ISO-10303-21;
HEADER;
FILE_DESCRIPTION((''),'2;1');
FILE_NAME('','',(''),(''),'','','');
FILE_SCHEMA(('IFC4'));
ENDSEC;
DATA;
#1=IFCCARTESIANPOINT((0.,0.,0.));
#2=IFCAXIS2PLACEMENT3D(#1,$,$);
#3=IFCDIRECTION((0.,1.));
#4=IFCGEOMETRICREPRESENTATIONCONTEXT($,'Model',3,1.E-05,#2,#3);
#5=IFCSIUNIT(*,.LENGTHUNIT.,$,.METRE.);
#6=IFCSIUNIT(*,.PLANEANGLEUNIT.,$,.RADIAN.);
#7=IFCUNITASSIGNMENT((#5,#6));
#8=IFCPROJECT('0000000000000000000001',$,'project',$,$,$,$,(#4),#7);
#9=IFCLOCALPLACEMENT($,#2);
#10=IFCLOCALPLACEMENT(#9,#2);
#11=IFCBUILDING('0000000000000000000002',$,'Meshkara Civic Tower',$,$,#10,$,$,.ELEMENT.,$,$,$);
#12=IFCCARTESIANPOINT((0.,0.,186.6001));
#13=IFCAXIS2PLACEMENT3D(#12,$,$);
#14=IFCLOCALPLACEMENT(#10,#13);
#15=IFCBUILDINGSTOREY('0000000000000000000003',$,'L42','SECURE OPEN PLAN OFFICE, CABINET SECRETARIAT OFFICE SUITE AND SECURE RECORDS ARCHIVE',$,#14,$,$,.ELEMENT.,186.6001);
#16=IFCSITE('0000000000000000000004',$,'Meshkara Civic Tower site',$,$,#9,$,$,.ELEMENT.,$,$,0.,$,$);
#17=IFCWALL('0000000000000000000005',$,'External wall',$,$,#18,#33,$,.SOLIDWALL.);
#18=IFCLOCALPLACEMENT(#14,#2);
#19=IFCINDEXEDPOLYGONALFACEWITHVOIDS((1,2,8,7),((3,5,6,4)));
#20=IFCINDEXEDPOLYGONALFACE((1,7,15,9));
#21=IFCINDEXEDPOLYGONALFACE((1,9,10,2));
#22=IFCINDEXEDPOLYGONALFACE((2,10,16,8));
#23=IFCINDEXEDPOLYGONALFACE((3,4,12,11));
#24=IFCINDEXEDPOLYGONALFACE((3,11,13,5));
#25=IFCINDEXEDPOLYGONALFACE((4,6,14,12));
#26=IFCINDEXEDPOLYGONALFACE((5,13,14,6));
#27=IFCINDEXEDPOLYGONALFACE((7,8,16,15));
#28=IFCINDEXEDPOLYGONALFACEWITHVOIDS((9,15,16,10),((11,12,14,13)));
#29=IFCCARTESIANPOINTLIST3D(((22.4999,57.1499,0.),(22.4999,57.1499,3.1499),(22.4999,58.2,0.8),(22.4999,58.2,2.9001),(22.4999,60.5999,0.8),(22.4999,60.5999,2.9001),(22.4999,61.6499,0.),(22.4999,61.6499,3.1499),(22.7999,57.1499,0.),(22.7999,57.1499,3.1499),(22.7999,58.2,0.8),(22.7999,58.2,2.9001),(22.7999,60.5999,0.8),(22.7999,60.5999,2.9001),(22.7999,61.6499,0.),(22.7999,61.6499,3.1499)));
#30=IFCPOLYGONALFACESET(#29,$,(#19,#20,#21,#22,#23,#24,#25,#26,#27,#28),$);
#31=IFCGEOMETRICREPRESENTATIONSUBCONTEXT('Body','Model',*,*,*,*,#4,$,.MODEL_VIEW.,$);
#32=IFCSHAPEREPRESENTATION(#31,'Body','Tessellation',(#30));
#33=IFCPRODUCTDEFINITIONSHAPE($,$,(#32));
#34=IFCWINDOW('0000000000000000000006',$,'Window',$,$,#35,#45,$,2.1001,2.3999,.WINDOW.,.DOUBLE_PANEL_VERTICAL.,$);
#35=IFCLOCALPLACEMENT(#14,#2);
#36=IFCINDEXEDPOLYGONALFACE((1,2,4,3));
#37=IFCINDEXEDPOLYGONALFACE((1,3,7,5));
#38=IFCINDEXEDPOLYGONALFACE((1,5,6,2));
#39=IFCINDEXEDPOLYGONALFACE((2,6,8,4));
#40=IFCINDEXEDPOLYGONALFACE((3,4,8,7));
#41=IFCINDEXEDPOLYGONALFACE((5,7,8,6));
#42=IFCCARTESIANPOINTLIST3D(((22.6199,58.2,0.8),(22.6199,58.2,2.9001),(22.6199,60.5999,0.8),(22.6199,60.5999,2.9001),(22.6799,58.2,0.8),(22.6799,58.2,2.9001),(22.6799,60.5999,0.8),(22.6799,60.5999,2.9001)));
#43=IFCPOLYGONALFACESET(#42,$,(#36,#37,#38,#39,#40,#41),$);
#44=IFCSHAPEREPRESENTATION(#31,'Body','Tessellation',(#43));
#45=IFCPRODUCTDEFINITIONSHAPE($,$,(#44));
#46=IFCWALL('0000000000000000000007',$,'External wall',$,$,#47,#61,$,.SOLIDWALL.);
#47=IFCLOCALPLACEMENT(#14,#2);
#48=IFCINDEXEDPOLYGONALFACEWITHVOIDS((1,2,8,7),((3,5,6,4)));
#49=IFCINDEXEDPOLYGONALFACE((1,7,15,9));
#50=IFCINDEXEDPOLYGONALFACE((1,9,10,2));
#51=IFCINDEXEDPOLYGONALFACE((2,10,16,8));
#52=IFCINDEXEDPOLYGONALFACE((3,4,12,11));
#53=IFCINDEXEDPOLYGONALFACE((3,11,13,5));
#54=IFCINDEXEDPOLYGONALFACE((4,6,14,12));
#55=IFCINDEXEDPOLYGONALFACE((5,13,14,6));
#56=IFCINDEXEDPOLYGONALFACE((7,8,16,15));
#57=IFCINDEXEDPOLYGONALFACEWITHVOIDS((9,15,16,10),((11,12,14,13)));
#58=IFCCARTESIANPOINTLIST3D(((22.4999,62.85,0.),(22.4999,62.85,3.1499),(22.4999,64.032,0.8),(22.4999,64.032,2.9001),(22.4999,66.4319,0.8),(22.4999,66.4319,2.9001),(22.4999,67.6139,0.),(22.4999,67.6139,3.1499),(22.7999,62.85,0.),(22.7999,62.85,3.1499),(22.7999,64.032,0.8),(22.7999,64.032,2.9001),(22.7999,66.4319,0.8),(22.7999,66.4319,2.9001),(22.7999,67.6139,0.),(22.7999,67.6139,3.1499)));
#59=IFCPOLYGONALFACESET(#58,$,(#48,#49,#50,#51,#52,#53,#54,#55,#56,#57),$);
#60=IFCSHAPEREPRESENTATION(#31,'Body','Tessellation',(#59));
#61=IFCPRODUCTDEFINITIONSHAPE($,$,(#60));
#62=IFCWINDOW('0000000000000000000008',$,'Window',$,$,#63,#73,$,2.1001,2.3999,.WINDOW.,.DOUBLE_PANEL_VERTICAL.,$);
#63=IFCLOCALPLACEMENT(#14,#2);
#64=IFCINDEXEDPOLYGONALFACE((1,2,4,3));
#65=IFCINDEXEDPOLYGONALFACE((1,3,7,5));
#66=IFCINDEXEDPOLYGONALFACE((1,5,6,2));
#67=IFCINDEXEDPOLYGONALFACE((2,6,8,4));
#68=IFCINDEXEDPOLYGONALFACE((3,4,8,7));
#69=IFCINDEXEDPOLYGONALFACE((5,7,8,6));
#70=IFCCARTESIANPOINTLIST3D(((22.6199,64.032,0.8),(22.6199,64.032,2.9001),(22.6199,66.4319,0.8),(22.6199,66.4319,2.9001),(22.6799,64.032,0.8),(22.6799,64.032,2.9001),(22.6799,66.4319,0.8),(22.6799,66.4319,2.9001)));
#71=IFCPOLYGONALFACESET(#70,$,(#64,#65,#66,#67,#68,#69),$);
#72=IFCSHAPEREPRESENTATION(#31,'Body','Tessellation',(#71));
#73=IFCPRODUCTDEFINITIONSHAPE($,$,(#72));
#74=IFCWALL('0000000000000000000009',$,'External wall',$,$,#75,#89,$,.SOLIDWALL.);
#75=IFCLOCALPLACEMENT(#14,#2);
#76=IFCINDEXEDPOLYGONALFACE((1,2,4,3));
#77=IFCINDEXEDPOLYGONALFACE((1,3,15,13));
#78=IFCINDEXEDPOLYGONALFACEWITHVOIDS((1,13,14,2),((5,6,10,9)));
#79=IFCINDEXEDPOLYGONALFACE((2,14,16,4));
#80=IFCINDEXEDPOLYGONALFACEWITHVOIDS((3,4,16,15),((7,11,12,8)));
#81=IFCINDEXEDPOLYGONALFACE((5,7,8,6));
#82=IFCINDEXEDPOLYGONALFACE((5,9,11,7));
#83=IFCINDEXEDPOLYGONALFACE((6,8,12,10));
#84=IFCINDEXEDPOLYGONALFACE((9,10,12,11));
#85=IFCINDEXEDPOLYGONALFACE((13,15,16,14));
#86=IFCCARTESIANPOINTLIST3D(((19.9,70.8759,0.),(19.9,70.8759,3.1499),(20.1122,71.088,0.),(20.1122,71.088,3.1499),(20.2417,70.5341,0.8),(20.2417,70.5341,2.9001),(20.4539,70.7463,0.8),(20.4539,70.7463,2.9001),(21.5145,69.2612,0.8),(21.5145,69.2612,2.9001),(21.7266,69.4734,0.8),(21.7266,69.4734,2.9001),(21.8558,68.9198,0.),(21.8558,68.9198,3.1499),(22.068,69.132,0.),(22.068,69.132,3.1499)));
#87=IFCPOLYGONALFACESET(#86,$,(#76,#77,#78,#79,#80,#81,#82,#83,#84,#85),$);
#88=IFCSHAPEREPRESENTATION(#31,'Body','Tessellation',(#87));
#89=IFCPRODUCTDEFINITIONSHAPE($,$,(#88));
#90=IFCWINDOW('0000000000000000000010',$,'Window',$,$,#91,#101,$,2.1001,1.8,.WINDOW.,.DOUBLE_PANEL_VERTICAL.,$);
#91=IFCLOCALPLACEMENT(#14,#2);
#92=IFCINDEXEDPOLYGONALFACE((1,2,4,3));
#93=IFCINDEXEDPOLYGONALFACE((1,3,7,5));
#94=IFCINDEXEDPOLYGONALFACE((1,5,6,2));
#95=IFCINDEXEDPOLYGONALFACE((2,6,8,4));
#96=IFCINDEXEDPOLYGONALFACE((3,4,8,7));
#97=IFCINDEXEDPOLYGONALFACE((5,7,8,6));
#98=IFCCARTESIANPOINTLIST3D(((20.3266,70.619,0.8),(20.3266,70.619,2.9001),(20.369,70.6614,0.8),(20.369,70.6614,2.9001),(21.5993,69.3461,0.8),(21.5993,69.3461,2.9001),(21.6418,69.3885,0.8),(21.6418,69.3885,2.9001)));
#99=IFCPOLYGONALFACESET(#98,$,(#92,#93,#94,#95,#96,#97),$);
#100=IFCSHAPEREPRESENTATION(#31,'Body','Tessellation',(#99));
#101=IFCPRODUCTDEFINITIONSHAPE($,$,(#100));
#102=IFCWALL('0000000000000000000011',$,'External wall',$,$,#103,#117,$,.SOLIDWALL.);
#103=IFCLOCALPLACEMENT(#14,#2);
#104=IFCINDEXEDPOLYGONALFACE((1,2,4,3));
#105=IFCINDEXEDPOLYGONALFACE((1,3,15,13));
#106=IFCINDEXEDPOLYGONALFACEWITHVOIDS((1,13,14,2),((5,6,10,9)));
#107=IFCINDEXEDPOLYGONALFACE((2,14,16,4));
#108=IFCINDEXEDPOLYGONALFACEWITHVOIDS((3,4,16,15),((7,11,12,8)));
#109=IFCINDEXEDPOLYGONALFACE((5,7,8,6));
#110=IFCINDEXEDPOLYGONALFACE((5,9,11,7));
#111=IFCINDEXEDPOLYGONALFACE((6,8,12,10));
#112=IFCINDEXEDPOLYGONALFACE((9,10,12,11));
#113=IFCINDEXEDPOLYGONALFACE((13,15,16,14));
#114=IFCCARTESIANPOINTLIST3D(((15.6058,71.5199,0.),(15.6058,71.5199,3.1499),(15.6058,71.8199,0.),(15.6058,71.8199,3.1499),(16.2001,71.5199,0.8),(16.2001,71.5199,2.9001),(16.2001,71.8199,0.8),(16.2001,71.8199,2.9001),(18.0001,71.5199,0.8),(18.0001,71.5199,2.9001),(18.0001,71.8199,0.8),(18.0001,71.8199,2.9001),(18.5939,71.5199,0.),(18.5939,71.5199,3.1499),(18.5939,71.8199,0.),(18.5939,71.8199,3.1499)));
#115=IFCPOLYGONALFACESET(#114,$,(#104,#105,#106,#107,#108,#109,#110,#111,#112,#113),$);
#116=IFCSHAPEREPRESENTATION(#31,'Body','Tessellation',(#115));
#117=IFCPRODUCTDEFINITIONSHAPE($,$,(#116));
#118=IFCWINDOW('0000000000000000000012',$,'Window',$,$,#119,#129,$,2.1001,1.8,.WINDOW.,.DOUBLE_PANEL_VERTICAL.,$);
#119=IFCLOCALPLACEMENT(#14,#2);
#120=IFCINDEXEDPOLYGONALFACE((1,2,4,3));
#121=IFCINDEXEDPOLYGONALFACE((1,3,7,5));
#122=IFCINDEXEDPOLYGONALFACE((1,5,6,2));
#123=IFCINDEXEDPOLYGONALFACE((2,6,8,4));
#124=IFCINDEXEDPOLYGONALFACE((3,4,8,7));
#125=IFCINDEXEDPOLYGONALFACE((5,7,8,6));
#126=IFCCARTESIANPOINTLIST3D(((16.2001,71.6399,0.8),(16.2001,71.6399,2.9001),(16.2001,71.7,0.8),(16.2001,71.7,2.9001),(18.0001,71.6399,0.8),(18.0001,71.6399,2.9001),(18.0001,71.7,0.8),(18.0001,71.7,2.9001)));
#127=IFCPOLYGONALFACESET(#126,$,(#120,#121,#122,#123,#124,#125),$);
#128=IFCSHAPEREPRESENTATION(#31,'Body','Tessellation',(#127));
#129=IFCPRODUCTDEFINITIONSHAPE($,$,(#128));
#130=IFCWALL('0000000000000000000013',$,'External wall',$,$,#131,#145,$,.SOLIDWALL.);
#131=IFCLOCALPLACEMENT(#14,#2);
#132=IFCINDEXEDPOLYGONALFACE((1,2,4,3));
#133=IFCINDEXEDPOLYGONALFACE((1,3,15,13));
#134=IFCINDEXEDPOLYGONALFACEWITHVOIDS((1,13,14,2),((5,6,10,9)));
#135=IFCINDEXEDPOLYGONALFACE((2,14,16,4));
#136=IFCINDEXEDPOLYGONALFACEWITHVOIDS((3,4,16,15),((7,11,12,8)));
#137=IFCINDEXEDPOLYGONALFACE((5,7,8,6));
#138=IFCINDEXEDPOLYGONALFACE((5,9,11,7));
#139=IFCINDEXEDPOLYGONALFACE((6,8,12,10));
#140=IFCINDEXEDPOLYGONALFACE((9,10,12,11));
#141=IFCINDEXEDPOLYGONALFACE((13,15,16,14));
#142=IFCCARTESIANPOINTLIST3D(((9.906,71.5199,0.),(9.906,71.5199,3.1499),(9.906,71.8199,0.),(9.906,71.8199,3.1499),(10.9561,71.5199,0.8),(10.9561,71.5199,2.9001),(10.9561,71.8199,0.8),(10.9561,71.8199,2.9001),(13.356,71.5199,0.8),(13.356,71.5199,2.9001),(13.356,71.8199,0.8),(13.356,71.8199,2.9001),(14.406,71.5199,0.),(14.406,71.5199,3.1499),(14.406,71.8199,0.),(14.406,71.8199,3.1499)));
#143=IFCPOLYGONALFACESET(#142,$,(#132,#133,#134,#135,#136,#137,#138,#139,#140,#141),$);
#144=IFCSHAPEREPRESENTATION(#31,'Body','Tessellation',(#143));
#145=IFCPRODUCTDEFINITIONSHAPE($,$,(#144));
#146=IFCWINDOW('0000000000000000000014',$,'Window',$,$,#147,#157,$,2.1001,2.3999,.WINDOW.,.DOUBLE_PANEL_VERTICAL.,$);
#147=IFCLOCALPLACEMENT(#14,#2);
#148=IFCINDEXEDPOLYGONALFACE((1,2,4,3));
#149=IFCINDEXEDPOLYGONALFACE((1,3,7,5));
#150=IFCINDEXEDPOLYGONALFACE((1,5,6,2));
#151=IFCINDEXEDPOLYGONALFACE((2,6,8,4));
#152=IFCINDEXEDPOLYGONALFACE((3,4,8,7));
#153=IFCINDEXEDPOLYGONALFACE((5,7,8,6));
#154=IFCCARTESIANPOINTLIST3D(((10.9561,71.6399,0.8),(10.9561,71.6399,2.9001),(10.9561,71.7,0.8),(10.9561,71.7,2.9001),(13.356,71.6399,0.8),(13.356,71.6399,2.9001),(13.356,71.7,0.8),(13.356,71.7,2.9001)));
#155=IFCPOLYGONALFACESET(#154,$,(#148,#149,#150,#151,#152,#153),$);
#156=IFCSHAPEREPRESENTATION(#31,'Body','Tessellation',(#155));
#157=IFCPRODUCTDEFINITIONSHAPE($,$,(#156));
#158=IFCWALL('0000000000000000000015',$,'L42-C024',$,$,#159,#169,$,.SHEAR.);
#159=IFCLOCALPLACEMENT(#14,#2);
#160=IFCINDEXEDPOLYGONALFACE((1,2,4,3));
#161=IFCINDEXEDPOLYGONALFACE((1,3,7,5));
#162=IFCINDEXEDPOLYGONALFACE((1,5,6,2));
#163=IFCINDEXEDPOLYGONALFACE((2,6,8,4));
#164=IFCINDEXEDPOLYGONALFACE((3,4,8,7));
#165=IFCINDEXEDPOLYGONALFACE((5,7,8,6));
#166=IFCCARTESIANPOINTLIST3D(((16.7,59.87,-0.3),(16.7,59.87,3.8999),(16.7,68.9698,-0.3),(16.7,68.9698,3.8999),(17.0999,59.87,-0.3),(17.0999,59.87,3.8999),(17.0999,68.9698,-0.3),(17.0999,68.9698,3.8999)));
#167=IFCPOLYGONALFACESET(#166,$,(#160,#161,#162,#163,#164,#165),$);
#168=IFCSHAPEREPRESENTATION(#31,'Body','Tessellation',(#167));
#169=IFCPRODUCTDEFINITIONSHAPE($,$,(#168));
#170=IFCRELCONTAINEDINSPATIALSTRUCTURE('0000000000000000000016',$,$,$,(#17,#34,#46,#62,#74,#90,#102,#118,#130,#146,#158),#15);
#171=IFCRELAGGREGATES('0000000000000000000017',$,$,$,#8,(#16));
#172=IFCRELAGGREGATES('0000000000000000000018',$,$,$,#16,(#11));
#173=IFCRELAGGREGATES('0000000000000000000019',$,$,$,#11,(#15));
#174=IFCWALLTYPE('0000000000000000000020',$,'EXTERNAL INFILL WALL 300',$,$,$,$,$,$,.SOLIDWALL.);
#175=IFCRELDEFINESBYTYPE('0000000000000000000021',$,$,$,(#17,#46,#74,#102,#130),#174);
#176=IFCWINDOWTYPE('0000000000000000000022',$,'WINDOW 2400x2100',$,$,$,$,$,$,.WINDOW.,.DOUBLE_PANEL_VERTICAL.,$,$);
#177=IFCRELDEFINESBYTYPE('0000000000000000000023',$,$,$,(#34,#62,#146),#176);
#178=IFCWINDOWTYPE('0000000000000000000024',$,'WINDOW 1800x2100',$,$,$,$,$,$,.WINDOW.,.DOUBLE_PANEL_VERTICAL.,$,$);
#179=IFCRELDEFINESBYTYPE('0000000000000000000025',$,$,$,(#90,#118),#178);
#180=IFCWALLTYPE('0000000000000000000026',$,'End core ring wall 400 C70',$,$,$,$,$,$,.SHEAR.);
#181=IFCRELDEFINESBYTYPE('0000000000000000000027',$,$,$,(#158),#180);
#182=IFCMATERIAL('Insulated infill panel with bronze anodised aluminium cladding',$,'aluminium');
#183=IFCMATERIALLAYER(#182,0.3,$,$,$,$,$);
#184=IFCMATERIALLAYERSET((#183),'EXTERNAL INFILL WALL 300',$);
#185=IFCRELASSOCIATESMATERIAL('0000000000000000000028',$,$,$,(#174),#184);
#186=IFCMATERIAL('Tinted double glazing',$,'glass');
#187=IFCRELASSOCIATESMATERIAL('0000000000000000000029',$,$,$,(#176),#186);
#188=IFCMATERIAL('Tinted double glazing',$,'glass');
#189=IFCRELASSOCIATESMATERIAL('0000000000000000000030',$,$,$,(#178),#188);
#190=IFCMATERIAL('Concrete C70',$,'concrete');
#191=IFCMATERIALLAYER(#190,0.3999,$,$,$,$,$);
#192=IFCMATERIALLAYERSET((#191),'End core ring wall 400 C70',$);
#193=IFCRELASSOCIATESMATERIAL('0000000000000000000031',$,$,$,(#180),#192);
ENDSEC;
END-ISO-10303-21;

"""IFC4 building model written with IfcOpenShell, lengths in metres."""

from ifc_helpers import new_model, si_unit, direction, frame, frame_2d, origin, place, context, subcontext, project, spatial, rectangle, extrude, material, layer, layer_set, type_object, element, fill, save


model = new_model("IFC4")

# Units and contexts
model_context = context("Model", 3, precision=1e-05, world=origin(), true_north=direction((0.0, 1.0)))
body_context = subcontext(model_context, "Body", "Model", "MODEL_VIEW")
ifc_project = project(units=[si_unit("LENGTHUNIT", "METRE"), si_unit("PLANEANGLEUNIT", "RADIAN")], contexts=[model_context])

# Site, building, storey
site_placement = place(None, origin())
site = spatial("IfcSite", under=ifc_project, at=site_placement, Name="Meshkara Civic Tower site", CompositionType="ELEMENT", RefElevation=0.0)
building_placement = place(site_placement, origin())
building = spatial("IfcBuilding", under=site, at=building_placement, Name="Meshkara Civic Tower", CompositionType="ELEMENT")
storey_placement = place(building_placement, frame((0.0, 0.0, 186.6001)))
storey = spatial("IfcBuildingStorey", under=building, at=storey_placement, Name="L42", Description="SECURE OPEN PLAN OFFICE, CABINET SECRETARIAT OFFICE SUITE AND SECURE RECORDS ARCHIVE", CompositionType="ELEMENT", Elevation=186.6001)

# Walls, openings, windows
ifc_material_1 = material(Name="Insulated infill panel with bronze anodised aluminium cladding", Category="aluminium")
ifc_layer_1 = layer(ifc_material_1, 0.3)
ifc_layer_set_1 = layer_set([ifc_layer_1], Name="EXTERNAL INFILL WALL 300")
wall_type_1 = type_object("IfcWallType", Name="EXTERNAL INFILL WALL 300", PredefinedType="SOLIDWALL", material=ifc_layer_set_1)
wall_1_placement = place(storey_placement, frame((22.6499, 57.1499, 0.0), z_axis=(0.0, 0.0, 1.0), x_axis=(0.0, 1.0, 0.0)))
wall_1 = element("IfcWall", 1, at=wall_1_placement, inside=storey, type_object=wall_type_1, Name="External wall", PredefinedType="SOLIDWALL", context=body_context, shape_type="SweptSolid", body=[
    extrude(rectangle(XDim=4.5, YDim=0.3, at=frame_2d((2.25, 0.0))), origin(), (0.0, 0.0, 1.0), 3.1499),
])
opening_1_placement = place(wall_1_placement, frame((1.05, 0.0, 0.8)))
opening_1 = element("IfcOpeningElement", 2, at=opening_1_placement, cuts=wall_1, PredefinedType="OPENING", context=body_context, shape_type="SweptSolid", body=[
    extrude(rectangle(XDim=2.3999, YDim=2.1001, at=frame_2d((1.2, 1.05))), frame((0.0, 0.1599, 0.0), z_axis=(0.0, -1.0, 0.0), x_axis=(1.0, 0.0, 0.0)), (0.0, 0.0, 1.0), 0.3201),
])
ifc_material_2 = material(Name="Tinted double glazing", Category="glass")
window_type_1 = type_object("IfcWindowType", Name="WINDOW 2400x2100", PartitioningType="DOUBLE_PANEL_VERTICAL", PredefinedType="WINDOW", material=ifc_material_2)
window_1_placement = place(opening_1_placement, origin())
window_1 = element("IfcWindow", 3, at=window_1_placement, inside=storey, type_object=window_type_1, Name="Window", OverallHeight=2.1001, OverallWidth=2.3999, PartitioningType="DOUBLE_PANEL_VERTICAL", PredefinedType="WINDOW", context=body_context, shape_type="SweptSolid", body=[
    extrude(rectangle(XDim=2.3999, YDim=2.1001, at=frame_2d((1.2, 1.05))), frame((0.0, 0.03, 0.0), z_axis=(0.0, -1.0, 0.0), x_axis=(1.0, 0.0, 0.0)), (0.0, 0.0, 1.0), 0.0601),
])
fill(opening_1, window_1)
wall_2_placement = place(storey_placement, frame((22.6499, 62.8501, 0.0), z_axis=(0.0, 0.0, 1.0), x_axis=(0.0, 1.0, 0.0)))
wall_2 = element("IfcWall", 4, at=wall_2_placement, inside=storey, type_object=wall_type_1, Name="External wall", PredefinedType="SOLIDWALL", context=body_context, shape_type="SweptSolid", body=[
    extrude(rectangle(XDim=4.7639, YDim=0.3, at=frame_2d((2.3818, 0.0))), origin(), (0.0, 0.0, 1.0), 3.1499),
])
opening_2_placement = place(wall_2_placement, frame((1.1819, 0.0, 0.8)))
opening_2 = element("IfcOpeningElement", 5, at=opening_2_placement, cuts=wall_2, PredefinedType="OPENING", context=body_context, shape_type="SweptSolid", body=[
    extrude(rectangle(XDim=2.3999, YDim=2.1001, at=frame_2d((1.2, 1.05))), frame((0.0, 0.1599, 0.0), z_axis=(0.0, -1.0, 0.0), x_axis=(1.0, 0.0, 0.0)), (0.0, 0.0, 1.0), 0.3201),
])
window_2_placement = place(opening_2_placement, origin())
window_2 = element("IfcWindow", 6, at=window_2_placement, inside=storey, type_object=window_type_1, Name="Window", OverallHeight=2.1001, OverallWidth=2.3999, PartitioningType="DOUBLE_PANEL_VERTICAL", PredefinedType="WINDOW", context=body_context, shape_type="SweptSolid", body=[
    extrude(rectangle(XDim=2.3999, YDim=2.1001, at=frame_2d((1.2, 1.05))), frame((0.0, 0.03, 0.0), z_axis=(0.0, -1.0, 0.0), x_axis=(1.0, 0.0, 0.0)), (0.0, 0.0, 1.0), 0.0601),
])
fill(opening_2, window_2)
wall_3_placement = place(storey_placement, frame((21.9619, 69.0259, 0.0), z_axis=(0.0, 0.0, 1.0), x_axis=(-0.707063, 0.707151, 0.0)))
wall_3 = element("IfcWall", 7, at=wall_3_placement, inside=storey, type_object=wall_type_1, Name="External wall", PredefinedType="SOLIDWALL", context=body_context, shape_type="SweptSolid", body=[
    extrude(rectangle(XDim=2.7661, YDim=0.3, at=frame_2d((1.3831, 0.0))), origin(), (0.0, 0.0, 1.0), 3.1499),
])
opening_3_placement = place(wall_3_placement, frame((0.4829, 0.0, 0.8)))
opening_3 = element("IfcOpeningElement", 8, at=opening_3_placement, cuts=wall_3, PredefinedType="OPENING", context=body_context, shape_type="SweptSolid", body=[
    extrude(rectangle(XDim=1.8, YDim=2.1001, at=frame_2d((0.8999, 1.05))), frame((0.0, 0.1599, 0.0), z_axis=(0.0, -1.0, 0.0), x_axis=(1.0, 0.0, 0.0)), (0.0, 0.0, 1.0), 0.3201),
])
ifc_material_3 = material(Name="Tinted double glazing", Category="glass")
window_type_2 = type_object("IfcWindowType", Name="WINDOW 1800x2100", PartitioningType="DOUBLE_PANEL_VERTICAL", PredefinedType="WINDOW", material=ifc_material_3)
window_3_placement = place(opening_3_placement, origin())
window_3 = element("IfcWindow", 9, at=window_3_placement, inside=storey, type_object=window_type_2, Name="Window", OverallHeight=2.1001, OverallWidth=1.8, PartitioningType="DOUBLE_PANEL_VERTICAL", PredefinedType="WINDOW", context=body_context, shape_type="SweptSolid", body=[
    extrude(rectangle(XDim=1.8, YDim=2.1001, at=frame_2d((0.8999, 1.05))), frame((0.0, 0.03, 0.0), z_axis=(0.0, -1.0, 0.0), x_axis=(1.0, 0.0, 0.0)), (0.0, 0.0, 1.0), 0.0601),
])
fill(opening_3, window_3)
wall_4_placement = place(storey_placement, frame((18.594, 71.6699, 0.0), z_axis=(0.0, 0.0, 1.0), x_axis=(-1.0, 0.0, 0.0)))
wall_4 = element("IfcWall", 10, at=wall_4_placement, inside=storey, type_object=wall_type_1, Name="External wall", PredefinedType="SOLIDWALL", context=body_context, shape_type="SweptSolid", body=[
    extrude(rectangle(XDim=2.988, YDim=0.3, at=frame_2d((1.4941, 0.0))), origin(), (0.0, 0.0, 1.0), 3.1499),
])
opening_4_placement = place(wall_4_placement, frame((0.594, 0.0, 0.8)))
opening_4 = element("IfcOpeningElement", 11, at=opening_4_placement, cuts=wall_4, PredefinedType="OPENING", context=body_context, shape_type="SweptSolid", body=[
    extrude(rectangle(XDim=1.8, YDim=2.1001, at=frame_2d((0.8999, 1.05))), frame((0.0, 0.1599, 0.0), z_axis=(0.0, -1.0, 0.0), x_axis=(1.0, 0.0, 0.0)), (0.0, 0.0, 1.0), 0.3201),
])
window_4_placement = place(opening_4_placement, origin())
window_4 = element("IfcWindow", 12, at=window_4_placement, inside=storey, type_object=window_type_2, Name="Window", OverallHeight=2.1001, OverallWidth=1.8, PartitioningType="DOUBLE_PANEL_VERTICAL", PredefinedType="WINDOW", context=body_context, shape_type="SweptSolid", body=[
    extrude(rectangle(XDim=1.8, YDim=2.1001, at=frame_2d((0.8999, 1.05))), frame((0.0, 0.03, 0.0), z_axis=(0.0, -1.0, 0.0), x_axis=(1.0, 0.0, 0.0)), (0.0, 0.0, 1.0), 0.0601),
])
fill(opening_4, window_4)
wall_5_placement = place(storey_placement, frame((14.406, 71.6699, 0.0), z_axis=(0.0, 0.0, 1.0), x_axis=(-1.0, 0.0, 0.0)))
wall_5 = element("IfcWall", 13, at=wall_5_placement, inside=storey, type_object=wall_type_1, Name="External wall", PredefinedType="SOLIDWALL", context=body_context, shape_type="SweptSolid", body=[
    extrude(rectangle(XDim=4.5, YDim=0.3, at=frame_2d((2.25, 0.0))), origin(), (0.0, 0.0, 1.0), 3.1499),
])
opening_5_placement = place(wall_5_placement, frame((1.05, 0.0, 0.8)))
opening_5 = element("IfcOpeningElement", 14, at=opening_5_placement, cuts=wall_5, PredefinedType="OPENING", context=body_context, shape_type="SweptSolid", body=[
    extrude(rectangle(XDim=2.3999, YDim=2.1001, at=frame_2d((1.2, 1.05))), frame((0.0, 0.1599, 0.0), z_axis=(0.0, -1.0, 0.0), x_axis=(1.0, 0.0, 0.0)), (0.0, 0.0, 1.0), 0.3201),
])
window_5_placement = place(opening_5_placement, origin())
window_5 = element("IfcWindow", 15, at=window_5_placement, inside=storey, type_object=window_type_1, Name="Window", OverallHeight=2.1001, OverallWidth=2.3999, PartitioningType="DOUBLE_PANEL_VERTICAL", PredefinedType="WINDOW", context=body_context, shape_type="SweptSolid", body=[
    extrude(rectangle(XDim=2.3999, YDim=2.1001, at=frame_2d((1.2, 1.05))), frame((0.0, 0.03, 0.0), z_axis=(0.0, -1.0, 0.0), x_axis=(1.0, 0.0, 0.0)), (0.0, 0.0, 1.0), 0.0601),
])
fill(opening_5, window_5)

# Wall
ifc_material_4 = material(Name="Concrete C70", Category="concrete")
ifc_layer_2 = layer(ifc_material_4, 0.3999)
ifc_layer_set_2 = layer_set([ifc_layer_2], Name="End core ring wall 400 C70")
wall_type_2 = type_object("IfcWallType", Name="End core ring wall 400 C70", PredefinedType="SHEAR", material=ifc_layer_set_2)
wall_6_placement = place(storey_placement, frame((16.8999, 59.8701, -0.3), z_axis=(0.0, 0.0, 1.0), x_axis=(0.0, 1.0, 0.0)))
element("IfcWall", 16, at=wall_6_placement, inside=storey, type_object=wall_type_2, Name="L42-C024", PredefinedType="SHEAR", context=body_context, shape_type="SweptSolid", body=[
    extrude(rectangle(XDim=9.0999, YDim=0.3999, at=frame_2d((4.5498, 0.0))), origin(), (0.0, 0.0, 1.0), 4.2),
])

save(model, "model.ifc")
